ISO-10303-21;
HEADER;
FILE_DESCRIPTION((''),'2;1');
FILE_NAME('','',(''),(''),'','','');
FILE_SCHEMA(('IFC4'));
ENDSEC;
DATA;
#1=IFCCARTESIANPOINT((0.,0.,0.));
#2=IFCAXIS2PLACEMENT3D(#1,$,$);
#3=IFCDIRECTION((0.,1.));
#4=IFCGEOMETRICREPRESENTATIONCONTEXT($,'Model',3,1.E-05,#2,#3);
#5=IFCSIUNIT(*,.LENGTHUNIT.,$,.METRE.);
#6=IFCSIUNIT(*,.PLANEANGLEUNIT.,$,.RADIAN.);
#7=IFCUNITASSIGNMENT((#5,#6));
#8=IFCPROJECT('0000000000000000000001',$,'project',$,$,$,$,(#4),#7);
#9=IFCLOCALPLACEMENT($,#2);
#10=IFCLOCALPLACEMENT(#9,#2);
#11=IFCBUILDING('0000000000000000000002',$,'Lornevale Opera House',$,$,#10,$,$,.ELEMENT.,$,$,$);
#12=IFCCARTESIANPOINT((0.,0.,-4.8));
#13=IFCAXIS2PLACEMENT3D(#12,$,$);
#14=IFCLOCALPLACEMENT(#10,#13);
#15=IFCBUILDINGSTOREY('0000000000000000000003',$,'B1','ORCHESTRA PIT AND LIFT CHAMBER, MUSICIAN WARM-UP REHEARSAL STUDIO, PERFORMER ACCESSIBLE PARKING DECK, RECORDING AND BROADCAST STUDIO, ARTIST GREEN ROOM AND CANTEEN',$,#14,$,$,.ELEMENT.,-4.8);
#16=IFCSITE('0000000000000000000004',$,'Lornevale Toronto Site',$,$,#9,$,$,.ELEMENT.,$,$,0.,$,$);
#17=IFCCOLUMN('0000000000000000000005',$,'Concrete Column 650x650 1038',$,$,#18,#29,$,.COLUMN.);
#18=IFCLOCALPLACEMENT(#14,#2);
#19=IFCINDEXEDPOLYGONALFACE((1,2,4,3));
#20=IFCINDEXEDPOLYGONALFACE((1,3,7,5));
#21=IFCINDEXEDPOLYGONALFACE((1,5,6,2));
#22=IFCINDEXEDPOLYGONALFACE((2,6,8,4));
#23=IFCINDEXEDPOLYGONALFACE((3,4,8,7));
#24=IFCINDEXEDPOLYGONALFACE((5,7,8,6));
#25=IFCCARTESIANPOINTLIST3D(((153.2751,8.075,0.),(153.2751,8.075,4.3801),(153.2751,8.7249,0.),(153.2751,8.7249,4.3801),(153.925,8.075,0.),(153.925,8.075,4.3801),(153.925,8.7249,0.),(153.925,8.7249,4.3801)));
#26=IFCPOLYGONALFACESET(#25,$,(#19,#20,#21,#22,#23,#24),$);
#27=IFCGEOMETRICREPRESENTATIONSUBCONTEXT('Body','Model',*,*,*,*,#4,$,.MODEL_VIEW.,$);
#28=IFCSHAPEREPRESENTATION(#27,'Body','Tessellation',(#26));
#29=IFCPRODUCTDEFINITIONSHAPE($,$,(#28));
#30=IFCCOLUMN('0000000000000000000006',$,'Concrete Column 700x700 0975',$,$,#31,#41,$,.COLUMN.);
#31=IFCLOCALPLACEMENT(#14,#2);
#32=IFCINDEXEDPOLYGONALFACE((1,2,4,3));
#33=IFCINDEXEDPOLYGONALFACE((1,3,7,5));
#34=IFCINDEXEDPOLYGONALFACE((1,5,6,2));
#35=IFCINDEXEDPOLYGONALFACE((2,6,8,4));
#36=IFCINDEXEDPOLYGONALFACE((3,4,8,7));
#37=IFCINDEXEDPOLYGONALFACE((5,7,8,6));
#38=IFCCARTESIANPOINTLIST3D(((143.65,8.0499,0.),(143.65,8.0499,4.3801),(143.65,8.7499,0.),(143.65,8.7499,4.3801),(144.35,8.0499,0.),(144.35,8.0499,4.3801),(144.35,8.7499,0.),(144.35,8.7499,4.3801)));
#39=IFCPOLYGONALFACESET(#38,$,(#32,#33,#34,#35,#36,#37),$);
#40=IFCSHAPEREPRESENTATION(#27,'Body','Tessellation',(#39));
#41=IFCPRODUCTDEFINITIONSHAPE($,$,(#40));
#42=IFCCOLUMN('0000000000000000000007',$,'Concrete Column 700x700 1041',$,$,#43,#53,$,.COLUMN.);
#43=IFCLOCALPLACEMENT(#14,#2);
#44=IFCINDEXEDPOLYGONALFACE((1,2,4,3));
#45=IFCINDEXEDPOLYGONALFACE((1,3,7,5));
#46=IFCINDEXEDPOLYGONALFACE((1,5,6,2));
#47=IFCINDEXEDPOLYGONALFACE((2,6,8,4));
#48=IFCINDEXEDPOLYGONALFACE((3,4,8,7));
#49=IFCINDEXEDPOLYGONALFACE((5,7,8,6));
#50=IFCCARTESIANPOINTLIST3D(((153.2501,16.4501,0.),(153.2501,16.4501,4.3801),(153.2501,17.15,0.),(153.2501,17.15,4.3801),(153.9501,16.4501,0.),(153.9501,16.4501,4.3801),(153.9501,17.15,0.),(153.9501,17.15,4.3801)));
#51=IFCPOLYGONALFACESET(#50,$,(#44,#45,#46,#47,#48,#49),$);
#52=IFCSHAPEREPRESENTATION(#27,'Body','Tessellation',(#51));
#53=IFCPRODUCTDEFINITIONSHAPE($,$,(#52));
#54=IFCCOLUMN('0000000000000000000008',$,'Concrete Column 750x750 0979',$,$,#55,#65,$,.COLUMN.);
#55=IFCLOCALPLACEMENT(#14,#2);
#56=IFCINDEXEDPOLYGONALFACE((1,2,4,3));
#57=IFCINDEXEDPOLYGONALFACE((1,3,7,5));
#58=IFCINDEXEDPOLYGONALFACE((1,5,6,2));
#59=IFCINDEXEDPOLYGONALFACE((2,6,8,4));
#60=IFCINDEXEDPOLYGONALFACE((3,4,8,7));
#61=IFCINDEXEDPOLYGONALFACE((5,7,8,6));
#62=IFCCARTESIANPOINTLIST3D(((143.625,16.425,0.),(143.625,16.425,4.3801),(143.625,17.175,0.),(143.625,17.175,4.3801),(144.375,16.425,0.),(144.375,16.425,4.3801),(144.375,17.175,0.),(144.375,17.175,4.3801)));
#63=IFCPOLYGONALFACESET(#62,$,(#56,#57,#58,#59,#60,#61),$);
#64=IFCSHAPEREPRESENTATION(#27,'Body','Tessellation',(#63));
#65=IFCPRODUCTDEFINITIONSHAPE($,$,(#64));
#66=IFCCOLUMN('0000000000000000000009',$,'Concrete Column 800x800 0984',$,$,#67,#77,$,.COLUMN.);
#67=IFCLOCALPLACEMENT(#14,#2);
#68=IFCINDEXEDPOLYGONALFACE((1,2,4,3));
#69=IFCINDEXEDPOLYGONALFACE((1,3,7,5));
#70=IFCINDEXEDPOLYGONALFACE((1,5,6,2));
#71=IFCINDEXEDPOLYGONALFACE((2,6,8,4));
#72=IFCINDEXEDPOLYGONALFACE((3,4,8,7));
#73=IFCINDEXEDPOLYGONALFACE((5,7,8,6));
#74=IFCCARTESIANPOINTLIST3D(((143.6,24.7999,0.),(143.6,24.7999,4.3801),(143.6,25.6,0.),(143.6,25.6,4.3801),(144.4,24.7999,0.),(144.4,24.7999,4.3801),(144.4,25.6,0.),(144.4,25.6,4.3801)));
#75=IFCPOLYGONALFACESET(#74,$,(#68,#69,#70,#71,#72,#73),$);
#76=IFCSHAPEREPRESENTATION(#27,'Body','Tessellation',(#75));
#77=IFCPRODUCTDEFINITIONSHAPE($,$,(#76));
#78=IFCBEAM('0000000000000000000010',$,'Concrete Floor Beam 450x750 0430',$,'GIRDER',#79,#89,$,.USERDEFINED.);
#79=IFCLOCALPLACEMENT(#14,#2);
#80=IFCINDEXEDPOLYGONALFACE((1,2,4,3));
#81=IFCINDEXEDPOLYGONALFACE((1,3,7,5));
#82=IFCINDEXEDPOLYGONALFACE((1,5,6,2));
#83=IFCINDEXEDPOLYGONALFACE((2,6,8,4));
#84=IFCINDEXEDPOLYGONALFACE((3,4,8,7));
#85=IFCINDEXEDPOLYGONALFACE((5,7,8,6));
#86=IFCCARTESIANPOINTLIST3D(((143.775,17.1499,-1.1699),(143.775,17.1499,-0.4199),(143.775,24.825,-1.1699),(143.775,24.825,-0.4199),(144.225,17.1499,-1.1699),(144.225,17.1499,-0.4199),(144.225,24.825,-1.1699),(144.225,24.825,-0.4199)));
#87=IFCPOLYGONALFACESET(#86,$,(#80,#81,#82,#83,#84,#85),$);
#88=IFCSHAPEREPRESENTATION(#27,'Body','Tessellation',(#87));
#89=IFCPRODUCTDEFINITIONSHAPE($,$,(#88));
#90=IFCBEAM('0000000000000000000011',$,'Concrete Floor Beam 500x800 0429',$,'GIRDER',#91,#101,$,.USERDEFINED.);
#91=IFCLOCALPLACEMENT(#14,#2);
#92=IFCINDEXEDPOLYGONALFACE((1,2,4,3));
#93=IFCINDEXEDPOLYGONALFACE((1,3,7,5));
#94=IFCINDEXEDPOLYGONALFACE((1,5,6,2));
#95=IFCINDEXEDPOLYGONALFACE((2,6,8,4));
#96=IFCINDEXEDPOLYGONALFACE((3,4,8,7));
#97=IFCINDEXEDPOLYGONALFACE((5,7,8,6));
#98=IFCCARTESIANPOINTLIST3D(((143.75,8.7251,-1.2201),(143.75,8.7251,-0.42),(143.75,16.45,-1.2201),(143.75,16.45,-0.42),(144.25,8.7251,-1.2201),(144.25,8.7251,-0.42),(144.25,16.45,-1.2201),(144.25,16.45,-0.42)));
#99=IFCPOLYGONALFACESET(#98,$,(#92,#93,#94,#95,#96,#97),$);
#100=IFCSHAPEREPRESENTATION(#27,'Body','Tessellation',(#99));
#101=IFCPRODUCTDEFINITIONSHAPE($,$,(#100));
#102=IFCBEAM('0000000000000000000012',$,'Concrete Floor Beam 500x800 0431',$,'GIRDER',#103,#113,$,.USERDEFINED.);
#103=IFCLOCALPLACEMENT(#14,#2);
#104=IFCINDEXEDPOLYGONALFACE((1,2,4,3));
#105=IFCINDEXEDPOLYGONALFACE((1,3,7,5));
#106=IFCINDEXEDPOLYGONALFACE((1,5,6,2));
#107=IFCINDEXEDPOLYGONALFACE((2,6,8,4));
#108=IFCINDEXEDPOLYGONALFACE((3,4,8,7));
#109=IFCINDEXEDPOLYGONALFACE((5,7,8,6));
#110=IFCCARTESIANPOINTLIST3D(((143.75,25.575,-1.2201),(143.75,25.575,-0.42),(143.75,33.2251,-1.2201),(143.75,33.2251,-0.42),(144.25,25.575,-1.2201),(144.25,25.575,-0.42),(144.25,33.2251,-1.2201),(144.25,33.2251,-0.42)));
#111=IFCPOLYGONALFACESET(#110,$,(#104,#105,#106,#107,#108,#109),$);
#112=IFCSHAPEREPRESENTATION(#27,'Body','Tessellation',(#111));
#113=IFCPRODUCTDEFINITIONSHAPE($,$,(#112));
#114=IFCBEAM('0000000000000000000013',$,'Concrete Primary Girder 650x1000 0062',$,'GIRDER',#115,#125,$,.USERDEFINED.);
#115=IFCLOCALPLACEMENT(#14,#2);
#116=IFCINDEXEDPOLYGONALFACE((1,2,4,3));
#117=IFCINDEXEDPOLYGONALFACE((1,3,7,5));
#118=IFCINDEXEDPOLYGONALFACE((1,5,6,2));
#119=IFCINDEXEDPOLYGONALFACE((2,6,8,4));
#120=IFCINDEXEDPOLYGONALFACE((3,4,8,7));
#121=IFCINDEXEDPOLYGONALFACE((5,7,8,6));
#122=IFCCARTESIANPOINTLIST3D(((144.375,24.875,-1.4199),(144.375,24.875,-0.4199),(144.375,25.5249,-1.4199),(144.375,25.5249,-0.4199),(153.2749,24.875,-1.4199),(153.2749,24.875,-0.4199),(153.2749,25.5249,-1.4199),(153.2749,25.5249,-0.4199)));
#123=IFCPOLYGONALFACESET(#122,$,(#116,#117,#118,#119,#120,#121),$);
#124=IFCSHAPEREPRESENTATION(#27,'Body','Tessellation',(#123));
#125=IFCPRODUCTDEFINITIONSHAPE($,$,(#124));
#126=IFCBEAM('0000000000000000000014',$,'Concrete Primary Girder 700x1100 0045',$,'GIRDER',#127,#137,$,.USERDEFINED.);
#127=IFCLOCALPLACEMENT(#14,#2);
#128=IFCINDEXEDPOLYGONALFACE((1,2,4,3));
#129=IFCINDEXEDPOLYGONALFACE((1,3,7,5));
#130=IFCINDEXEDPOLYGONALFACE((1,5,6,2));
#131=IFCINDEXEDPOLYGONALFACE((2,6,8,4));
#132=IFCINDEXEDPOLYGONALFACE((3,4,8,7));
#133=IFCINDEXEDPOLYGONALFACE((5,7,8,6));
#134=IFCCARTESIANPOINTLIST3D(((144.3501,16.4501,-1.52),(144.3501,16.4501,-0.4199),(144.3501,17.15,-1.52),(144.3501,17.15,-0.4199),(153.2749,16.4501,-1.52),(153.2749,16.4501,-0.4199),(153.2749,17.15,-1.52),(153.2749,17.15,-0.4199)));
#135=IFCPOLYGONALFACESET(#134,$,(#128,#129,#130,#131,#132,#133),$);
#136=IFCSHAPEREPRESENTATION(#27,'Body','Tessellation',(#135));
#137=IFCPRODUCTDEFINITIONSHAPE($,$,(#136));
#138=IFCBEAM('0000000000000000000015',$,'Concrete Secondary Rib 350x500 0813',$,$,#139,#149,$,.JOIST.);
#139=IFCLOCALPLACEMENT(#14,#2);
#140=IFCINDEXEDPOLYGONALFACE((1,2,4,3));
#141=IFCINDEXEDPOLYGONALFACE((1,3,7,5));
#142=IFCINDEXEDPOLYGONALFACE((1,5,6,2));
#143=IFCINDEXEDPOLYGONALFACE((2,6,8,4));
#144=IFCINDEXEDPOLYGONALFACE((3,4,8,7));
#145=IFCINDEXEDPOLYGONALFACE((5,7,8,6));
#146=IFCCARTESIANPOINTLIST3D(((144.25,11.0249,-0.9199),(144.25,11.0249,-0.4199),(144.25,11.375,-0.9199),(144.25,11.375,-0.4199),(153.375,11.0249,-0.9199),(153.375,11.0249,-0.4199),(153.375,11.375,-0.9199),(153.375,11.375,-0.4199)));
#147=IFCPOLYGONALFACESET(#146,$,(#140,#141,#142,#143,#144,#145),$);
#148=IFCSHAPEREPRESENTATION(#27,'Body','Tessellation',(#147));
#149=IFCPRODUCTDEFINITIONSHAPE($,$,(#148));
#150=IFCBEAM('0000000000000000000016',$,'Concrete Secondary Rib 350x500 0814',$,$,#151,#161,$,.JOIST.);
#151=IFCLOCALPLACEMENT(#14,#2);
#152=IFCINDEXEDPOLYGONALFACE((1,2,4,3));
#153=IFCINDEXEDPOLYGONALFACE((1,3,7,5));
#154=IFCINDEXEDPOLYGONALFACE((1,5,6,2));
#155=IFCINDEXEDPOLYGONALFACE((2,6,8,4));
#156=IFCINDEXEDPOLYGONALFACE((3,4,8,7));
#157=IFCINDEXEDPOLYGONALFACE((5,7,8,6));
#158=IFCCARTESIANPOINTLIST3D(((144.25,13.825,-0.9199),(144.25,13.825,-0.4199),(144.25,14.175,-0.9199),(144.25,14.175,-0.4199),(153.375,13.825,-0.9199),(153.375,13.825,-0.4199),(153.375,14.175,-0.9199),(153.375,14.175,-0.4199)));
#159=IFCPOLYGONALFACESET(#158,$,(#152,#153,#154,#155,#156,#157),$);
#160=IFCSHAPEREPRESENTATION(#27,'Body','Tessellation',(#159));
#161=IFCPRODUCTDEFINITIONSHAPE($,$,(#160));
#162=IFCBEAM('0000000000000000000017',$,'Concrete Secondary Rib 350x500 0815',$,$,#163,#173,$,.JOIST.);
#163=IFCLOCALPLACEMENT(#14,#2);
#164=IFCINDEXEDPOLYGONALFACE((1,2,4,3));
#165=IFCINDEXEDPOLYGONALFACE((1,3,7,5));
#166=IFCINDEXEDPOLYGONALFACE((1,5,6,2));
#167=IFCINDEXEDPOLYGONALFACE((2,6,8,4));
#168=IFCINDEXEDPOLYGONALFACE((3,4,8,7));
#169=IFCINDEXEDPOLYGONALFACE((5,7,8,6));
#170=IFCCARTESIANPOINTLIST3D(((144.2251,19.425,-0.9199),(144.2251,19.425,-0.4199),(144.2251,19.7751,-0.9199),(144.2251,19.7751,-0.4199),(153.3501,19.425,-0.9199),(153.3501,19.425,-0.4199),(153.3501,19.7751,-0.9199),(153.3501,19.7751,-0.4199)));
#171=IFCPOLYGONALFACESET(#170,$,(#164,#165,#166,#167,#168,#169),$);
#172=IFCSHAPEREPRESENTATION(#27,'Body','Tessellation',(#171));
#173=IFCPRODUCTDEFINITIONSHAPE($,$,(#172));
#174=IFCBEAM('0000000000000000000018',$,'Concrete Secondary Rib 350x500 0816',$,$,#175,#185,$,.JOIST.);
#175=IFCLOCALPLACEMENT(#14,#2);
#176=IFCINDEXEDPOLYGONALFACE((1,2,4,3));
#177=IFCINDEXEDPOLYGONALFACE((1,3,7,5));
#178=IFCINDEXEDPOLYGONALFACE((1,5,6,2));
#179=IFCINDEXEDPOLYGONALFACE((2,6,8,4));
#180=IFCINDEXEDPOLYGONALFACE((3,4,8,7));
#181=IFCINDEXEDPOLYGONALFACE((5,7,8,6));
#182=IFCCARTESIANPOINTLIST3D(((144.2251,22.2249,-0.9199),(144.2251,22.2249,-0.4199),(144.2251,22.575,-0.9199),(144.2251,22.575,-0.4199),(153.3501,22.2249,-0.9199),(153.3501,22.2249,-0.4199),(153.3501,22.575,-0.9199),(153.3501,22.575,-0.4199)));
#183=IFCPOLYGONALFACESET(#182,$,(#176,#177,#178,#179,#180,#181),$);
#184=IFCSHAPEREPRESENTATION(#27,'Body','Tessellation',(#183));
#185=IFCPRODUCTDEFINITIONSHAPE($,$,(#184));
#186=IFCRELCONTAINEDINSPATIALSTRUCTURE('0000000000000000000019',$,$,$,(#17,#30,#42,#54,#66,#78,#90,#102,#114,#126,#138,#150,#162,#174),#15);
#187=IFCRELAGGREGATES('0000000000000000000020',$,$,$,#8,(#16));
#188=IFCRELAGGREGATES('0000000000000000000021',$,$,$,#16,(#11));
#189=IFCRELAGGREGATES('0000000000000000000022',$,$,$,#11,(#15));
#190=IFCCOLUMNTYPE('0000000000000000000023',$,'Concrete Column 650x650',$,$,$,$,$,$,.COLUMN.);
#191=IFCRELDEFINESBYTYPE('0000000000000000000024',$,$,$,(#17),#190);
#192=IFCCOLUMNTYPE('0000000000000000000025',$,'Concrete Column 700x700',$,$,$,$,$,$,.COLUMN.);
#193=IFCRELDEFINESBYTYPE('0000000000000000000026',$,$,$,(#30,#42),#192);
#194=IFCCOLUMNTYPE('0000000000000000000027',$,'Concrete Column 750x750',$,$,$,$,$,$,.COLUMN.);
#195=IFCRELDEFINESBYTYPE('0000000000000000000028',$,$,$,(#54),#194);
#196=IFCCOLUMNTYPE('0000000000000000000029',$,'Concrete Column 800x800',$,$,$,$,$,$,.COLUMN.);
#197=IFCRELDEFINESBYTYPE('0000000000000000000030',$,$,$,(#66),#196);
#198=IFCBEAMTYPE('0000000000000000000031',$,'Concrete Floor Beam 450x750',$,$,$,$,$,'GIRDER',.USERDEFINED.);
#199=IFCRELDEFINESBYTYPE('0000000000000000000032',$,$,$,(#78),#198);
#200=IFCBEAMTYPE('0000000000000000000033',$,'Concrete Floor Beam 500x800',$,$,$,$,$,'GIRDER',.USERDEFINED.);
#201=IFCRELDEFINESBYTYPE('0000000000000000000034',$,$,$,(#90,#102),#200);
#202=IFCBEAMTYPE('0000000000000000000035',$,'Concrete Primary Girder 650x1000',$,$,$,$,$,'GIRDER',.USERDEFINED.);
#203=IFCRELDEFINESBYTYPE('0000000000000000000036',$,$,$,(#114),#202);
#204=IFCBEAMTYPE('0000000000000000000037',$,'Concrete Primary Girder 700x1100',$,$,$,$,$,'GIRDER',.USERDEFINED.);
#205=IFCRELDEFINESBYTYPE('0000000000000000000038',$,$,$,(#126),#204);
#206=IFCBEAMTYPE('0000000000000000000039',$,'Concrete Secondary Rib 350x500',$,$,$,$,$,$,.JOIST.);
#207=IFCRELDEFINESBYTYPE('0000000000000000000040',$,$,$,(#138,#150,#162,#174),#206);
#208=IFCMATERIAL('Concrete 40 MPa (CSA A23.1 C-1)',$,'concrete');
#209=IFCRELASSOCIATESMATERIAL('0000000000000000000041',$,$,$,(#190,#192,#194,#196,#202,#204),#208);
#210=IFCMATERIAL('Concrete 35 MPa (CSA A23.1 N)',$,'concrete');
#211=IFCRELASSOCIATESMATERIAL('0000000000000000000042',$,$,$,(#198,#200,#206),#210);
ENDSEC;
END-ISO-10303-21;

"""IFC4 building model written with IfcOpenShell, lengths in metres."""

from ifc_helpers import new_model, si_unit, direction, frame, origin, origin_2d, place, context, subcontext, project, spatial, rectangle, extrude, material, material_profile, profile_set, type_object, element, save


model = new_model("IFC4")

# Units and contexts
model_context = context("Model", 3, precision=1e-05, world=origin(), true_north=direction((0.0, 1.0)))
body_context = subcontext(model_context, "Body", "Model", "MODEL_VIEW")
ifc_project = project(units=[si_unit("LENGTHUNIT", "METRE"), si_unit("PLANEANGLEUNIT", "RADIAN")], contexts=[model_context])

# Site, building, storey
site_placement = place(None, origin())
site = spatial("IfcSite", under=ifc_project, at=site_placement, Name="Lornevale Toronto Site", CompositionType="ELEMENT", RefElevation=0.0)
building_placement = place(site_placement, origin())
building = spatial("IfcBuilding", under=site, at=building_placement, Name="Lornevale Opera House", CompositionType="ELEMENT")
storey_placement = place(building_placement, frame((0.0, 0.0, -4.8)))
storey = spatial("IfcBuildingStorey", under=building, at=storey_placement, Name="B1", Description="ORCHESTRA PIT AND LIFT CHAMBER, MUSICIAN WARM-UP REHEARSAL STUDIO, PERFORMER ACCESSIBLE PARKING DECK, RECORDING AND BROADCAST STUDIO, ARTIST GREEN ROOM AND CANTEEN", CompositionType="ELEMENT", Elevation=-4.8)

# Columns
ifc_material_1 = material(Name="Concrete 40 MPa (CSA A23.1 C-1)", Category="concrete")
ifc_material_profile_1 = material_profile(ifc_material_1, rectangle(XDim=0.6499, YDim=0.6499, at=origin_2d()), Name="RC650x650")
ifc_profile_set_1 = profile_set([ifc_material_profile_1], Name="Concrete 40 MPa (CSA A23.1 C-1)")
column_type_1 = type_object("IfcColumnType", Name="Concrete Column 650x650", PredefinedType="COLUMN", material=ifc_profile_set_1)
column_1_placement = place(storey_placement, frame((153.6001, 8.3999, 0.0), z_axis=(0.0, 0.0, 1.0), x_axis=(1.0, 0.0, 0.0)))
element("IfcColumn", 1, at=column_1_placement, inside=storey, type_object=column_type_1, Name="Concrete Column 650x650 1038", PredefinedType="COLUMN", context=body_context, shape_type="SweptSolid", body=[
    extrude(rectangle(XDim=0.6499, YDim=0.6499, at=origin_2d()), origin(), (0.0, 0.0, 1.0), 4.3801),
])
ifc_material_profile_2 = material_profile(ifc_material_1, rectangle(XDim=0.7, YDim=0.7, at=origin_2d()), Name="RC700x700")
ifc_profile_set_2 = profile_set([ifc_material_profile_2], Name="Concrete 40 MPa (CSA A23.1 C-1)")
column_type_2 = type_object("IfcColumnType", Name="Concrete Column 700x700", PredefinedType="COLUMN", material=ifc_profile_set_2)
for number, where, z_axis, x_axis, name in (
    (2, (144.0, 8.3999, 0.0), (0.0, 0.0, 1.0), (1.0, 0.0, 0.0), "Concrete Column 700x700 0975"),
    (3, (153.6001, 16.8, 0.0), (0.0, 0.0, 1.0), (1.0, 0.0, 0.0), "Concrete Column 700x700 1041"),
):
    element("IfcColumn", number, at=place(storey_placement, frame(where, z_axis=z_axis, x_axis=x_axis)), inside=storey, type_object=column_type_2, Name=name, PredefinedType="COLUMN", context=body_context, shape_type="SweptSolid", body=[
        extrude(rectangle(XDim=0.7, YDim=0.7, at=origin_2d()), origin(), (0.0, 0.0, 1.0), 4.3801),
    ])
ifc_material_profile_3 = material_profile(ifc_material_1, rectangle(XDim=0.75, YDim=0.75, at=origin_2d()), Name="RC750x750")
ifc_profile_set_3 = profile_set([ifc_material_profile_3], Name="Concrete 40 MPa (CSA A23.1 C-1)")
column_type_3 = type_object("IfcColumnType", Name="Concrete Column 750x750", PredefinedType="COLUMN", material=ifc_profile_set_3)
column_2_placement = place(storey_placement, frame((144.0, 16.8, 0.0), z_axis=(0.0, 0.0, 1.0), x_axis=(1.0, 0.0, 0.0)))
element("IfcColumn", 4, at=column_2_placement, inside=storey, type_object=column_type_3, Name="Concrete Column 750x750 0979", PredefinedType="COLUMN", context=body_context, shape_type="SweptSolid", body=[
    extrude(rectangle(XDim=0.75, YDim=0.75, at=origin_2d()), origin(), (0.0, 0.0, 1.0), 4.3801),
])
ifc_material_profile_4 = material_profile(ifc_material_1, rectangle(XDim=0.8, YDim=0.8, at=origin_2d()), Name="RC800x800")
ifc_profile_set_4 = profile_set([ifc_material_profile_4], Name="Concrete 40 MPa (CSA A23.1 C-1)")
column_type_4 = type_object("IfcColumnType", Name="Concrete Column 800x800", PredefinedType="COLUMN", material=ifc_profile_set_4)
column_3_placement = place(storey_placement, frame((144.0, 25.2, 0.0), z_axis=(0.0, 0.0, 1.0), x_axis=(1.0, 0.0, 0.0)))
element("IfcColumn", 5, at=column_3_placement, inside=storey, type_object=column_type_4, Name="Concrete Column 800x800 0984", PredefinedType="COLUMN", context=body_context, shape_type="SweptSolid", body=[
    extrude(rectangle(XDim=0.8, YDim=0.8, at=origin_2d()), origin(), (0.0, 0.0, 1.0), 4.3801),
])

# Beams
ifc_material_2 = material(Name="Concrete 35 MPa (CSA A23.1 N)", Category="concrete")
ifc_material_profile_5 = material_profile(ifc_material_2, rectangle(XDim=0.45, YDim=0.75, at=origin_2d()), Name="RC450x750")
ifc_profile_set_5 = profile_set([ifc_material_profile_5], Name="Concrete 35 MPa (CSA A23.1 N)")
beam_type_1 = type_object("IfcBeamType", Name="Concrete Floor Beam 450x750", ElementType="GIRDER", PredefinedType="USERDEFINED", material=ifc_profile_set_5)
beam_1_placement = place(storey_placement, frame((144.0, 17.1499, -0.7949), z_axis=(0.0, 1.0, 0.0), x_axis=(-1.0, 0.0, 0.0)))
element("IfcBeam", 6, at=beam_1_placement, inside=storey, type_object=beam_type_1, Name="Concrete Floor Beam 450x750 0430", ObjectType="GIRDER", PredefinedType="USERDEFINED", context=body_context, shape_type="SweptSolid", body=[
    extrude(rectangle(XDim=0.45, YDim=0.75, at=origin_2d()), origin(), (0.0, 0.0, 1.0), 7.675),
])
ifc_material_profile_6 = material_profile(ifc_material_2, rectangle(XDim=0.5, YDim=0.8, at=origin_2d()), Name="RC500x800")
ifc_profile_set_6 = profile_set([ifc_material_profile_6], Name="Concrete 35 MPa (CSA A23.1 N)")
beam_type_2 = type_object("IfcBeamType", Name="Concrete Floor Beam 500x800", ElementType="GIRDER", PredefinedType="USERDEFINED", material=ifc_profile_set_6)
beam_2_placement = place(storey_placement, frame((144.0, 8.7251, -0.8201), z_axis=(0.0, 1.0, 0.0), x_axis=(-1.0, 0.0, 0.0)))
element("IfcBeam", 7, at=beam_2_placement, inside=storey, type_object=beam_type_2, Name="Concrete Floor Beam 500x800 0429", ObjectType="GIRDER", PredefinedType="USERDEFINED", context=body_context, shape_type="SweptSolid", body=[
    extrude(rectangle(XDim=0.5, YDim=0.8, at=origin_2d()), origin(), (0.0, 0.0, 1.0), 7.7249),
])
beam_3_placement = place(storey_placement, frame((144.0, 25.575, -0.8201), z_axis=(0.0, 1.0, 0.0), x_axis=(-1.0, 0.0, 0.0)))
element("IfcBeam", 8, at=beam_3_placement, inside=storey, type_object=beam_type_2, Name="Concrete Floor Beam 500x800 0431", ObjectType="GIRDER", PredefinedType="USERDEFINED", context=body_context, shape_type="SweptSolid", body=[
    extrude(rectangle(XDim=0.5, YDim=0.8, at=origin_2d()), origin(), (0.0, 0.0, 1.0), 7.6501),
])
ifc_material_profile_7 = material_profile(ifc_material_1, rectangle(XDim=0.6499, YDim=1.0, at=origin_2d()), Name="RC650x1000")
ifc_profile_set_7 = profile_set([ifc_material_profile_7], Name="Concrete 40 MPa (CSA A23.1 C-1)")
beam_type_3 = type_object("IfcBeamType", Name="Concrete Primary Girder 650x1000", ElementType="GIRDER", PredefinedType="USERDEFINED", material=ifc_profile_set_7)
beam_4_placement = place(storey_placement, frame((144.375, 25.2, -0.9199), z_axis=(1.0, 0.0, 0.0), x_axis=(0.0, 1.0, 0.0)))
element("IfcBeam", 9, at=beam_4_placement, inside=storey, type_object=beam_type_3, Name="Concrete Primary Girder 650x1000 0062", ObjectType="GIRDER", PredefinedType="USERDEFINED", context=body_context, shape_type="SweptSolid", body=[
    extrude(rectangle(XDim=0.6499, YDim=1.0, at=origin_2d()), origin(), (0.0, 0.0, 1.0), 8.8999),
])
ifc_material_profile_8 = material_profile(ifc_material_1, rectangle(XDim=0.7, YDim=1.1001, at=origin_2d()), Name="RC700x1100")
ifc_profile_set_8 = profile_set([ifc_material_profile_8], Name="Concrete 40 MPa (CSA A23.1 C-1)")
beam_type_4 = type_object("IfcBeamType", Name="Concrete Primary Girder 700x1100", ElementType="GIRDER", PredefinedType="USERDEFINED", material=ifc_profile_set_8)
beam_5_placement = place(storey_placement, frame((144.3501, 16.8, -0.97), z_axis=(1.0, 0.0, 0.0), x_axis=(0.0, 1.0, 0.0)))
element("IfcBeam", 10, at=beam_5_placement, inside=storey, type_object=beam_type_4, Name="Concrete Primary Girder 700x1100 0045", ObjectType="GIRDER", PredefinedType="USERDEFINED", context=body_context, shape_type="SweptSolid", body=[
    extrude(rectangle(XDim=0.7, YDim=1.1001, at=origin_2d()), origin(), (0.0, 0.0, 1.0), 8.9248),
])
ifc_material_profile_9 = material_profile(ifc_material_2, rectangle(XDim=0.3501, YDim=0.5, at=origin_2d()), Name="RC350x500")
ifc_profile_set_9 = profile_set([ifc_material_profile_9], Name="Concrete 35 MPa (CSA A23.1 N)")
beam_type_5 = type_object("IfcBeamType", Name="Concrete Secondary Rib 350x500", PredefinedType="JOIST", material=ifc_profile_set_9)
for number, where, z_axis, x_axis, name in (
    (11, (144.25, 11.2, -0.6699), (1.0, 0.0, 0.0), (0.0, 1.0, 0.0), "Concrete Secondary Rib 350x500 0813"),
    (12, (144.25, 14.0, -0.6699), (1.0, 0.0, 0.0), (0.0, 1.0, 0.0), "Concrete Secondary Rib 350x500 0814"),
    (13, (144.2251, 19.6001, -0.6699), (1.0, 0.0, 0.0), (0.0, 1.0, 0.0), "Concrete Secondary Rib 350x500 0815"),
    (14, (144.2251, 22.3999, -0.6699), (1.0, 0.0, 0.0), (0.0, 1.0, 0.0), "Concrete Secondary Rib 350x500 0816"),
):
    element("IfcBeam", number, at=place(storey_placement, frame(where, z_axis=z_axis, x_axis=x_axis)), inside=storey, type_object=beam_type_5, Name=name, PredefinedType="JOIST", context=body_context, shape_type="SweptSolid", body=[
        extrude(rectangle(XDim=0.3501, YDim=0.5, at=origin_2d()), origin(), (0.0, 0.0, 1.0), 9.125),
    ])

save(model, "model.ifc")
